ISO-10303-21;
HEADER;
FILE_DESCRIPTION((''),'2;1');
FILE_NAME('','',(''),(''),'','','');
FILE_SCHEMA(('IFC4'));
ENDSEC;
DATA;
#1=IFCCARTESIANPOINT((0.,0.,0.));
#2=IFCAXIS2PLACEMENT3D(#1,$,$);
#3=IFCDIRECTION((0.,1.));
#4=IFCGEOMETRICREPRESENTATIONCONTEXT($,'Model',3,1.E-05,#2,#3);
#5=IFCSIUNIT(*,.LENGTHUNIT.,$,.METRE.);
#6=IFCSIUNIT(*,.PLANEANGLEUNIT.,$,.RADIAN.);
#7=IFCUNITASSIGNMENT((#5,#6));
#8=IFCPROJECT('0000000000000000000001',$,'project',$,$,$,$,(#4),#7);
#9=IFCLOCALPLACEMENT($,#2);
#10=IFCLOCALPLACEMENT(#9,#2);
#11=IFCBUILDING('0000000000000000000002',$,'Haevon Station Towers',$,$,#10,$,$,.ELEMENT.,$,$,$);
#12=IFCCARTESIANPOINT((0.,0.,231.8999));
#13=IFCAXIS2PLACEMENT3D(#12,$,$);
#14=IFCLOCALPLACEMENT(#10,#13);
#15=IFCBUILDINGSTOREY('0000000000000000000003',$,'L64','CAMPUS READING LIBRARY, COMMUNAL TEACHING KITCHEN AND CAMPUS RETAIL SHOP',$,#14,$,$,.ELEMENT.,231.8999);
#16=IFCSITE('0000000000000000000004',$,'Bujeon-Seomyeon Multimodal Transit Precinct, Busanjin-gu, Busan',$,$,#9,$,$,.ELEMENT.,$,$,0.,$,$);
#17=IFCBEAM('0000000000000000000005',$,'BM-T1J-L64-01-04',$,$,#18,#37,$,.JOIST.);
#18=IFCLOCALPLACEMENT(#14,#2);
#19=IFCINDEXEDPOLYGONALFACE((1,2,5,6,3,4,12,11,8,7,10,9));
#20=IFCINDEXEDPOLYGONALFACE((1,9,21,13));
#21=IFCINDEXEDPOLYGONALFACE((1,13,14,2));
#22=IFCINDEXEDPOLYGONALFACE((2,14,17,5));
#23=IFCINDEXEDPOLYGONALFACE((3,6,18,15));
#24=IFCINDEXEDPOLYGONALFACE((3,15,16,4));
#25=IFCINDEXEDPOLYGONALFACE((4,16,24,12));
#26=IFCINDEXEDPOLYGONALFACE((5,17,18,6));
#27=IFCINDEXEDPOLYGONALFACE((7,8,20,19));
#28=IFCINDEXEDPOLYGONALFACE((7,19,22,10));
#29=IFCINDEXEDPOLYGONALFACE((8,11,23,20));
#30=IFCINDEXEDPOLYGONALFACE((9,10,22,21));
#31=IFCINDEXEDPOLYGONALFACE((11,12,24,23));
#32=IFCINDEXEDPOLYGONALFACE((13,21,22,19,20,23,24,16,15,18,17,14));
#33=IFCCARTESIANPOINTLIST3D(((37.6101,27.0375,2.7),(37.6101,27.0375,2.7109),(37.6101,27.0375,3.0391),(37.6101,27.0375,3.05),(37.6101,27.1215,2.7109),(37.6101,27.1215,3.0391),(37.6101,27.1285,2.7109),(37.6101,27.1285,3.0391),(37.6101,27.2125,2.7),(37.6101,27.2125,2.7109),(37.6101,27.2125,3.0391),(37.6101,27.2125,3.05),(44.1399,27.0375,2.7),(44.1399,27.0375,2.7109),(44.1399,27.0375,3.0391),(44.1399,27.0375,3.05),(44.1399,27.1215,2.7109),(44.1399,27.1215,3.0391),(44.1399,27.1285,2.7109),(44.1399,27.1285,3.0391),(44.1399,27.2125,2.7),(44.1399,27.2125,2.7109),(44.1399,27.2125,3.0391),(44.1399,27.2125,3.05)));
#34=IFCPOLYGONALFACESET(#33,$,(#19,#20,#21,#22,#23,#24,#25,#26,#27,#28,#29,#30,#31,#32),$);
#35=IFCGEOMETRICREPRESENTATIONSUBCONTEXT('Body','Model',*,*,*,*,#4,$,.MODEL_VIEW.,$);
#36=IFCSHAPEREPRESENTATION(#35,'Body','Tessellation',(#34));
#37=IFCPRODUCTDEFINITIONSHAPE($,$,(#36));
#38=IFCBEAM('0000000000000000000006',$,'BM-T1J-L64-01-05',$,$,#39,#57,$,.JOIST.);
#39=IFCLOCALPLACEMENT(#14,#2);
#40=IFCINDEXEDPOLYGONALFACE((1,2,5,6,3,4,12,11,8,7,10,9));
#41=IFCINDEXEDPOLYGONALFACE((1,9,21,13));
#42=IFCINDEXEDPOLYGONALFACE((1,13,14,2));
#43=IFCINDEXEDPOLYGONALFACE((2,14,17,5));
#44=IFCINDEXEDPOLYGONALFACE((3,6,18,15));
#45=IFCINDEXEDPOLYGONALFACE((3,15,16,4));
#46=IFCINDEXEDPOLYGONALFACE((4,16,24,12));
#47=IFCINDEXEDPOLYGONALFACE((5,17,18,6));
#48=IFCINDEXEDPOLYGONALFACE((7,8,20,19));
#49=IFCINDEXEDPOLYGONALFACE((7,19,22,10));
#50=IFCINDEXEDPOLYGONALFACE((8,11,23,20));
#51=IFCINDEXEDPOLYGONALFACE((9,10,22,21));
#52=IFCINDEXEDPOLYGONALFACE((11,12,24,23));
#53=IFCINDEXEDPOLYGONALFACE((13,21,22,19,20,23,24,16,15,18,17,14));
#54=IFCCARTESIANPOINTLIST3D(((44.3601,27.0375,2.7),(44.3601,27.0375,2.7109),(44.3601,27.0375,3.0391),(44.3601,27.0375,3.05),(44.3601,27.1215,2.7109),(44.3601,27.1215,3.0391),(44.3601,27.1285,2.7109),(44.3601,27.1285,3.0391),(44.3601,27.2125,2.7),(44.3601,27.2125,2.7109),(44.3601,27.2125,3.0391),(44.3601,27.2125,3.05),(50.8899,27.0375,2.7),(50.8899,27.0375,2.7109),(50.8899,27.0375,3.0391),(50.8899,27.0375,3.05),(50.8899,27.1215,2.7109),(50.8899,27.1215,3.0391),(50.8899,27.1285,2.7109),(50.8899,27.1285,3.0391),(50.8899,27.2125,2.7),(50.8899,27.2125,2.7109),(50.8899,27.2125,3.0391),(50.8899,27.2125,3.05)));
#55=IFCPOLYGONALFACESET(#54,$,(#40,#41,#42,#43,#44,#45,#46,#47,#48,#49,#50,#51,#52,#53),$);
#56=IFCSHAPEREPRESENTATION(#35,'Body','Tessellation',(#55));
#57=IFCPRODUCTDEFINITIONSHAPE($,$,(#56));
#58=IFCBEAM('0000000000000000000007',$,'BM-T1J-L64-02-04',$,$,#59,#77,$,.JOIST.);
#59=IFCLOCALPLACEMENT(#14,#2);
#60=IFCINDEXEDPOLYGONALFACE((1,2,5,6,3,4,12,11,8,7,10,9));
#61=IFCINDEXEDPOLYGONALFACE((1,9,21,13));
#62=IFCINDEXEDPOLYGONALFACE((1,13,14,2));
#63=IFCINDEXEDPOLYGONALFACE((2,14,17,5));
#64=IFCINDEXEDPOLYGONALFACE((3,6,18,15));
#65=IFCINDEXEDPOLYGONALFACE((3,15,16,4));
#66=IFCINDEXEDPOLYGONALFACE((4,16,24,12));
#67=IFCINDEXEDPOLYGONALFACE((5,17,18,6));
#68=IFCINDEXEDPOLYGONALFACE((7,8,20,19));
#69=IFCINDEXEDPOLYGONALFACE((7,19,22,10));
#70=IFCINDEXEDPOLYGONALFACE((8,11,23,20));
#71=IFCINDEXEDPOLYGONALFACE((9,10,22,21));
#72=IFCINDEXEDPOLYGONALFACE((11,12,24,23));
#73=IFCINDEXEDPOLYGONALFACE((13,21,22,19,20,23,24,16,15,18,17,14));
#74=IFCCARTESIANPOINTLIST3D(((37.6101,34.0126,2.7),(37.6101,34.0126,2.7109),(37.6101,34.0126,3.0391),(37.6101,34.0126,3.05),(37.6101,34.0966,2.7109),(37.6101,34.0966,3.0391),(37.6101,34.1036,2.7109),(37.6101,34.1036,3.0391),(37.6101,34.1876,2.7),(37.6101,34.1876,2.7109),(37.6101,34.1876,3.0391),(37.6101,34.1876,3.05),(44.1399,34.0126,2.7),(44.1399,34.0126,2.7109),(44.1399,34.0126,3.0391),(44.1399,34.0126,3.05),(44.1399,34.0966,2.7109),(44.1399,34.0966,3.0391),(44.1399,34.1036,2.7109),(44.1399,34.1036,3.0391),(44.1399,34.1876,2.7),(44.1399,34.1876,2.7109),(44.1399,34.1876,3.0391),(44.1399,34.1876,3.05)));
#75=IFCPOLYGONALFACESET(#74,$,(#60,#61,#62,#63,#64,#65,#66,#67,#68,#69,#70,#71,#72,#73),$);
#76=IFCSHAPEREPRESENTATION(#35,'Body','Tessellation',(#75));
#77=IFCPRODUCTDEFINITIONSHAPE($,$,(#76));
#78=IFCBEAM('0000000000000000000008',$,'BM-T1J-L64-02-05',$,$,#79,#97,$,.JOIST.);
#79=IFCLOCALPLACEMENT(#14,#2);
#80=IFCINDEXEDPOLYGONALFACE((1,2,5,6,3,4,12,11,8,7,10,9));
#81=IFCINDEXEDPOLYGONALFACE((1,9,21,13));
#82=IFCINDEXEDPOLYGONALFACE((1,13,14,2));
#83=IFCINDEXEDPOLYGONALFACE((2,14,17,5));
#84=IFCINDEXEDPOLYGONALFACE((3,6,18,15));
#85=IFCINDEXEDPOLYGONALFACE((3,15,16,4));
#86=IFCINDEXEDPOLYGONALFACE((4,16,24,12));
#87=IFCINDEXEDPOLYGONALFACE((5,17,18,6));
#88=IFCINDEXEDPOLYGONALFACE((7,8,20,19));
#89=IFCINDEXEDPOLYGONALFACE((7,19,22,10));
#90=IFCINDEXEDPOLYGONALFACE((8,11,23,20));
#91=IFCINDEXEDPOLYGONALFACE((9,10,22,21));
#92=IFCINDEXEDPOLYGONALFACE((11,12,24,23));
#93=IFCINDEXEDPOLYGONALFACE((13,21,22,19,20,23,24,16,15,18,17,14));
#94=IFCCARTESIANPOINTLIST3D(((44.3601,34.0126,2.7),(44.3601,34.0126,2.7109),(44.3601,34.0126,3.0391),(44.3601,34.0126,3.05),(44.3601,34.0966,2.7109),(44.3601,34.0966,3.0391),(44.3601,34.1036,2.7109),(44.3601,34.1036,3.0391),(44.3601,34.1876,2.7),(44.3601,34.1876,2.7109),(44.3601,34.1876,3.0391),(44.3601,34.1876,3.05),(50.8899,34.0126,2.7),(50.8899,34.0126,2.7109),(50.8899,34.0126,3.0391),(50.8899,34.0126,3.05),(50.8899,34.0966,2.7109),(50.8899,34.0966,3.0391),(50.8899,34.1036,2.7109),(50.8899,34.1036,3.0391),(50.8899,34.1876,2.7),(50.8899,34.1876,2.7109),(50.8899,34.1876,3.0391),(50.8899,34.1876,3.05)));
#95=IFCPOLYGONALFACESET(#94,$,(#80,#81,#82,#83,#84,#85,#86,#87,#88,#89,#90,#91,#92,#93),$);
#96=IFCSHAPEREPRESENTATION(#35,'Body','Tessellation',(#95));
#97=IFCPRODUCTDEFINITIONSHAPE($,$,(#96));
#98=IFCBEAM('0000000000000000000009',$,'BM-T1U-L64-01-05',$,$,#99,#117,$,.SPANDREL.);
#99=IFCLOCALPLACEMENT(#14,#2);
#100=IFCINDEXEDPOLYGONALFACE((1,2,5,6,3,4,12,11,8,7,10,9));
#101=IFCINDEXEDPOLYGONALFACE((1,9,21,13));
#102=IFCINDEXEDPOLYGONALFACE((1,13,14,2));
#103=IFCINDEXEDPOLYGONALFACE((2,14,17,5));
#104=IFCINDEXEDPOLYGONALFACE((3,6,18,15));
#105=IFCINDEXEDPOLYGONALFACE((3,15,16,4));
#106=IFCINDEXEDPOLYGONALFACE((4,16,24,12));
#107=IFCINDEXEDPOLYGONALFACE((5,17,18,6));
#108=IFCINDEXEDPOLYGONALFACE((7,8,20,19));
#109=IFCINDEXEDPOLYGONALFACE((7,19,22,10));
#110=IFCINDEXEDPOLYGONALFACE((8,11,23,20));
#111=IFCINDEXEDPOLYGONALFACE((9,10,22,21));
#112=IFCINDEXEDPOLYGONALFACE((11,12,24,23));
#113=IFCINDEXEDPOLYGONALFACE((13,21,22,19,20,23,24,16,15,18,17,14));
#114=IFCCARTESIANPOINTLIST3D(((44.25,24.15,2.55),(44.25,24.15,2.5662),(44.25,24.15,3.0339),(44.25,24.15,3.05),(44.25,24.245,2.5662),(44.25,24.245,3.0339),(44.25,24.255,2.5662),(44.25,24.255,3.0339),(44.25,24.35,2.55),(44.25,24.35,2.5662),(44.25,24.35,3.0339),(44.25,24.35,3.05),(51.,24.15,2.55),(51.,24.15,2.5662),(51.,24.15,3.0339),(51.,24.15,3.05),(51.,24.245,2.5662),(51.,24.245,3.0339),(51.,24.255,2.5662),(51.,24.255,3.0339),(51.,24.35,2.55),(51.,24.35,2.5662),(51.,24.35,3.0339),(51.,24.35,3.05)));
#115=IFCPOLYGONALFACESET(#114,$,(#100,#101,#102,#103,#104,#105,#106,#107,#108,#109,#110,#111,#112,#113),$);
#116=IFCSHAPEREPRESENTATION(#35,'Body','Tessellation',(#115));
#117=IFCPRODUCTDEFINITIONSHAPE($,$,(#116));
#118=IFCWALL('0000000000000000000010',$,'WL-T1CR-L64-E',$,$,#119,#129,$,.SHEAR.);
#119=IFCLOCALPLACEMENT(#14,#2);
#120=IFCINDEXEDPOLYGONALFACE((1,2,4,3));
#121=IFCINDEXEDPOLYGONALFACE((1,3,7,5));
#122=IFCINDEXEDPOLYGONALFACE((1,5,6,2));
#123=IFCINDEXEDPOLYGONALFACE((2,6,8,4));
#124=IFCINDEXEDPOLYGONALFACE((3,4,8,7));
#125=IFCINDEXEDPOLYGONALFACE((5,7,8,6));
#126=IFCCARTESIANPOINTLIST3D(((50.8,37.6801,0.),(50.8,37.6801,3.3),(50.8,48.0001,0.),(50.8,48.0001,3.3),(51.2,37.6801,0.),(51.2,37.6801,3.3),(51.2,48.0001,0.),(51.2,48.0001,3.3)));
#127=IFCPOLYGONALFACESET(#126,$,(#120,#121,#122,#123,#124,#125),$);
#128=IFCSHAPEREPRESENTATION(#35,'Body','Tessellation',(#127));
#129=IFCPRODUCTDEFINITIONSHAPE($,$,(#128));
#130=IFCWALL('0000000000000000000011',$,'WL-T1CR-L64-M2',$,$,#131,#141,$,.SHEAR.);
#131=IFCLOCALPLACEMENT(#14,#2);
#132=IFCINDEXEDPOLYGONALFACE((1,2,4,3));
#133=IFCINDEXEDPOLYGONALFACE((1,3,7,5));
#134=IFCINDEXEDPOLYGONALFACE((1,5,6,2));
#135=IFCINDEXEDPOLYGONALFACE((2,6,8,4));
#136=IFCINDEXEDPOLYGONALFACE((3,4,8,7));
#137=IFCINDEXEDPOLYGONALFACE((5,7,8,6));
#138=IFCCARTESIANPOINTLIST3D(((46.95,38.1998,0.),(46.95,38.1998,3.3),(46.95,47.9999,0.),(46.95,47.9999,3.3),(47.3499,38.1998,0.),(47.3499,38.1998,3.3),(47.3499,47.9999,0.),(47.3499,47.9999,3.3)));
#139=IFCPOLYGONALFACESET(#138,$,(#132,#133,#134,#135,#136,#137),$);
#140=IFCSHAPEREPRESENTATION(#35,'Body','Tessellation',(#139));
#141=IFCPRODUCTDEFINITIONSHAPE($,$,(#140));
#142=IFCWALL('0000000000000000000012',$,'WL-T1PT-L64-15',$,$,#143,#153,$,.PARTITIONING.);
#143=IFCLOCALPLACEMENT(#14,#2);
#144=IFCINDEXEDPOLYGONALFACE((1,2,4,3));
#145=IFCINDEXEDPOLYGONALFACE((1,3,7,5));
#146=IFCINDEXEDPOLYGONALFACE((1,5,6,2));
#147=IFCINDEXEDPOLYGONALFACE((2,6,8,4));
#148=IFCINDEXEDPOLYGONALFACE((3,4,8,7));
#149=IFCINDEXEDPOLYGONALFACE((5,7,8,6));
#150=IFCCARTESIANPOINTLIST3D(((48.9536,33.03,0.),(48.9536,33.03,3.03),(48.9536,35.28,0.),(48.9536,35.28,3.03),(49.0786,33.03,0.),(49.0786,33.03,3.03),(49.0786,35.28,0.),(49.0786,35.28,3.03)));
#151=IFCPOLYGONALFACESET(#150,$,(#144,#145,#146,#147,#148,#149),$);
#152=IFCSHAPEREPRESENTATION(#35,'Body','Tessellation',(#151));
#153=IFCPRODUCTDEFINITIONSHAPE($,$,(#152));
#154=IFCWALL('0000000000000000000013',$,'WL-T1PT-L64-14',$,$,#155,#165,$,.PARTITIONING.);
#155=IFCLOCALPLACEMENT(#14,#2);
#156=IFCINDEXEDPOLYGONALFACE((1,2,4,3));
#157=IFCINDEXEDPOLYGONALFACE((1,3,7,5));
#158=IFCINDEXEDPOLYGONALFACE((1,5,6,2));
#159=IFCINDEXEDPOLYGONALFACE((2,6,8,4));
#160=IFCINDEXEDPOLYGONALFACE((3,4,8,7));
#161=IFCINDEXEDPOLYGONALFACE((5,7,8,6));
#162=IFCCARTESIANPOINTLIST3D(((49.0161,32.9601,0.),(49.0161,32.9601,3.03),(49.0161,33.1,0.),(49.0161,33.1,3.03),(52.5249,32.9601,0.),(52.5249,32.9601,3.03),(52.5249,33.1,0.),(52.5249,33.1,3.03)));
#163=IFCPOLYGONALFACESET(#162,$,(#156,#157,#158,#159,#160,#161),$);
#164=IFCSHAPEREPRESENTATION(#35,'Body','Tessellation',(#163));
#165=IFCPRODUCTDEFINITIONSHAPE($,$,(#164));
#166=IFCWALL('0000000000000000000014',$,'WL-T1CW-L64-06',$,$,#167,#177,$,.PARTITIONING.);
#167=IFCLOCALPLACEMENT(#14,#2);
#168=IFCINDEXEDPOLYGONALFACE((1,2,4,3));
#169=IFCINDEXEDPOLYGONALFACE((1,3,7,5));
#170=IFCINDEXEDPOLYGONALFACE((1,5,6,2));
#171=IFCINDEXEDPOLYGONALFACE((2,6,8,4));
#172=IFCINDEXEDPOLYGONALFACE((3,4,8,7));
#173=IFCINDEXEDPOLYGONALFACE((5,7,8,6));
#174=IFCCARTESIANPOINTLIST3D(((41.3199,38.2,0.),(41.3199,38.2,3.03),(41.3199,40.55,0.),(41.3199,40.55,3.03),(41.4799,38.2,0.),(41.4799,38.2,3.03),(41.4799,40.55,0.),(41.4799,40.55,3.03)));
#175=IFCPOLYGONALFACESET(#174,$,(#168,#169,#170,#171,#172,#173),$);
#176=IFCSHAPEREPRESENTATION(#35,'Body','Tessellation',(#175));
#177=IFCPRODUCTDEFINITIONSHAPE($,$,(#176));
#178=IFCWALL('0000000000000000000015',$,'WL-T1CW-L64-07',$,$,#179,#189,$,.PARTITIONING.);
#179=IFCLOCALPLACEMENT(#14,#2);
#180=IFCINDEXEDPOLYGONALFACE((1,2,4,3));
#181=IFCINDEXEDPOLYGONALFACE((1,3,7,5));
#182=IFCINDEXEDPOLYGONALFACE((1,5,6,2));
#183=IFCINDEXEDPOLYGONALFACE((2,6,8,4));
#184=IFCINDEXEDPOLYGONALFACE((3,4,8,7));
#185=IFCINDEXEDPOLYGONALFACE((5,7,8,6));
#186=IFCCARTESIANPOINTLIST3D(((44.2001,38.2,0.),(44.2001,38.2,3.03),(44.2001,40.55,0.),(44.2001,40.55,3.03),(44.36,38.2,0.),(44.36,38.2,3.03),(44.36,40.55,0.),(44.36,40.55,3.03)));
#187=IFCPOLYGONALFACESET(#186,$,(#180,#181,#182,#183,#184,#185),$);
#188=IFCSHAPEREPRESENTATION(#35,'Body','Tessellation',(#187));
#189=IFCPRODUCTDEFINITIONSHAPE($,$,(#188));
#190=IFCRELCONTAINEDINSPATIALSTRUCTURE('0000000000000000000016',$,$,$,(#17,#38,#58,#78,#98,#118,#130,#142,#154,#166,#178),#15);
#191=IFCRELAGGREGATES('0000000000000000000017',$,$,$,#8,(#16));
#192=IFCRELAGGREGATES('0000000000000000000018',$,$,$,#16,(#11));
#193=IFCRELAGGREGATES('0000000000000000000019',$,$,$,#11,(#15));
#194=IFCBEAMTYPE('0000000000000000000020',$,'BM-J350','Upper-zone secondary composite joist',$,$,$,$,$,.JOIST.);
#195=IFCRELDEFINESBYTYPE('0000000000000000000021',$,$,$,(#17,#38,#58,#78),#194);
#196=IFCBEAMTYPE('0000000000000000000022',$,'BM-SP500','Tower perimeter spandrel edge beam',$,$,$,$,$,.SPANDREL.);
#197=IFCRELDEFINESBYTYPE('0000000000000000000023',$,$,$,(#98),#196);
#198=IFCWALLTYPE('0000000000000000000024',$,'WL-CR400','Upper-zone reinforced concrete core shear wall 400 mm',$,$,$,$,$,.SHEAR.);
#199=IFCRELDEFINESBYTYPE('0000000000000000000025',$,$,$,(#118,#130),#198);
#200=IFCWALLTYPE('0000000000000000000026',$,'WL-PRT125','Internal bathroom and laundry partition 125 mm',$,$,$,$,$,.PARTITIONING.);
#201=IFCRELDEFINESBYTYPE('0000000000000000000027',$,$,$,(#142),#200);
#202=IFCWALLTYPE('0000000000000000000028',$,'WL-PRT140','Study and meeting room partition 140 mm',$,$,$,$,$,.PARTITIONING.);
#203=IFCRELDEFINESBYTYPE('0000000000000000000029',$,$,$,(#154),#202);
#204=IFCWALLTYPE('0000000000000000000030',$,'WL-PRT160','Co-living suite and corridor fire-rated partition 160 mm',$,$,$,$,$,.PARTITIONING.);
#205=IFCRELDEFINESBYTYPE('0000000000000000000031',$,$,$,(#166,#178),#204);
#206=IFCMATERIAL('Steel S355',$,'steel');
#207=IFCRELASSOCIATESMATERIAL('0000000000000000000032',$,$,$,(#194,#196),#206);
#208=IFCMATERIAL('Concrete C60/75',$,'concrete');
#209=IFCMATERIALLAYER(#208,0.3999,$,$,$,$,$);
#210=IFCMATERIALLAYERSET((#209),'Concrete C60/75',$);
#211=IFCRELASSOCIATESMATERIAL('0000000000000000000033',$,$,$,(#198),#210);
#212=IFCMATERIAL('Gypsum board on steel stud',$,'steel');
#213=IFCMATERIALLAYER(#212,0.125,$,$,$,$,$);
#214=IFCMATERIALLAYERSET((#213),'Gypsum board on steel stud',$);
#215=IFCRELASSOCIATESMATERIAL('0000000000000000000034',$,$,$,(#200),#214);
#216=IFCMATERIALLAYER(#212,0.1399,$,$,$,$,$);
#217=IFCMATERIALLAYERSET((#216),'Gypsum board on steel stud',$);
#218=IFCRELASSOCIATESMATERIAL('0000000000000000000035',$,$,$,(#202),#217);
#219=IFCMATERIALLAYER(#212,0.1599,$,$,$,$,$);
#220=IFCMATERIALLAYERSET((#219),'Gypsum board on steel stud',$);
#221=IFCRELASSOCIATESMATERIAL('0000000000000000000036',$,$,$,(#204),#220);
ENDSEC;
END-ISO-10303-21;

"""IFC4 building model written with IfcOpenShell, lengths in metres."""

from ifc_helpers import new_model, si_unit, direction, frame, frame_2d, origin, origin_2d, place, context, subcontext, project, spatial, rectangle, i_section, extrude, material, layer, layer_set, material_profile, profile_set, type_object, element, save


model = new_model("IFC4")

# Units and contexts
model_context = context("Model", 3, precision=1e-05, world=origin(), true_north=direction((0.0, 1.0)))
body_context = subcontext(model_context, "Body", "Model", "MODEL_VIEW")
ifc_project = project(units=[si_unit("LENGTHUNIT", "METRE"), si_unit("PLANEANGLEUNIT", "RADIAN")], contexts=[model_context])

# Site, building, storey
site_placement = place(None, origin())
site = spatial("IfcSite", under=ifc_project, at=site_placement, Name="Bujeon-Seomyeon Multimodal Transit Precinct, Busanjin-gu, Busan", CompositionType="ELEMENT", RefElevation=0.0)
building_placement = place(site_placement, origin())
building = spatial("IfcBuilding", under=site, at=building_placement, Name="Haevon Station Towers", CompositionType="ELEMENT")
storey_placement = place(building_placement, frame((0.0, 0.0, 231.8999)))
storey = spatial("IfcBuildingStorey", under=building, at=storey_placement, Name="L64", Description="CAMPUS READING LIBRARY, COMMUNAL TEACHING KITCHEN AND CAMPUS RETAIL SHOP", CompositionType="ELEMENT", Elevation=231.8999)

# Shared definitions
ifc_material_1 = material(Name="Steel S355", Category="steel")

# Beams
ifc_material_profile_1 = material_profile(ifc_material_1, i_section(OverallWidth=0.175, OverallDepth=0.3501, WebThickness=0.0071, FlangeThickness=0.011, at=origin_2d()), Name="H-350x175x7x11")
ifc_profile_set_1 = profile_set([ifc_material_profile_1], Name="Steel S355")
beam_type_1 = type_object("IfcBeamType", Name="BM-J350", Description="Upper-zone secondary composite joist", PredefinedType="JOIST", material=ifc_profile_set_1)
for number, where, z_axis, x_axis, name in (
    (1, (37.6101, 27.125, 2.875), (1.0, 0.0, 0.0), (0.0, 1.0, 0.0), "BM-T1J-L64-01-04"),
    (2, (44.3601, 27.125, 2.875), (1.0, 0.0, 0.0), (0.0, 1.0, 0.0), "BM-T1J-L64-01-05"),
    (3, (37.6101, 34.1001, 2.875), (1.0, 0.0, 0.0), (0.0, 1.0, 0.0), "BM-T1J-L64-02-04"),
    (4, (44.3601, 34.1001, 2.875), (1.0, 0.0, 0.0), (0.0, 1.0, 0.0), "BM-T1J-L64-02-05"),
):
    element("IfcBeam", number, at=place(storey_placement, frame(where, z_axis=z_axis, x_axis=x_axis)), inside=storey, type_object=beam_type_1, Name=name, PredefinedType="JOIST", context=body_context, shape_type="SweptSolid", body=[
        extrude(i_section(OverallWidth=0.175, OverallDepth=0.3501, WebThickness=0.0071, FlangeThickness=0.011, at=origin_2d()), origin(), (0.0, 0.0, 1.0), 6.5298),
    ])
ifc_material_profile_2 = material_profile(ifc_material_1, i_section(OverallWidth=0.2, OverallDepth=0.5, WebThickness=0.01, FlangeThickness=0.0161, at=origin_2d()), Name="H-500x200x10x16")
ifc_profile_set_2 = profile_set([ifc_material_profile_2], Name="Steel S355")
beam_type_2 = type_object("IfcBeamType", Name="BM-SP500", Description="Tower perimeter spandrel edge beam", PredefinedType="SPANDREL", material=ifc_profile_set_2)
beam_1_placement = place(storey_placement, frame((44.25, 24.25, 2.8), z_axis=(1.0, 0.0, 0.0), x_axis=(0.0, 1.0, 0.0)))
element("IfcBeam", 5, at=beam_1_placement, inside=storey, type_object=beam_type_2, Name="BM-T1U-L64-01-05", PredefinedType="SPANDREL", context=body_context, shape_type="SweptSolid", body=[
    extrude(i_section(OverallWidth=0.2, OverallDepth=0.5, WebThickness=0.01, FlangeThickness=0.0161, at=origin_2d()), origin(), (0.0, 0.0, 1.0), 6.75),
])

# Walls
ifc_material_2 = material(Name="Concrete C60/75", Category="concrete")
ifc_layer_1 = layer(ifc_material_2, 0.3999)
ifc_layer_set_1 = layer_set([ifc_layer_1], Name="Concrete C60/75")
wall_type_1 = type_object("IfcWallType", Name="WL-CR400", Description="Upper-zone reinforced concrete core shear wall 400 mm", PredefinedType="SHEAR", material=ifc_layer_set_1)
wall_1_placement = place(storey_placement, frame((51.0, 37.6799, 0.0), z_axis=(0.0, 0.0, 1.0), x_axis=(0.0, 1.0, 0.0)))
element("IfcWall", 6, at=wall_1_placement, inside=storey, type_object=wall_type_1, Name="WL-T1CR-L64-E", PredefinedType="SHEAR", context=body_context, shape_type="SweptSolid", body=[
    extrude(rectangle(XDim=10.3201, YDim=0.3999, at=frame_2d((5.1602, 0.0))), origin(), (0.0, 0.0, 1.0), 3.3),
])
wall_2_placement = place(storey_placement, frame((47.1499, 38.2, 0.0), z_axis=(0.0, 0.0, 1.0), x_axis=(0.0, 1.0, 0.0)))
element("IfcWall", 7, at=wall_2_placement, inside=storey, type_object=wall_type_1, Name="WL-T1CR-L64-M2", PredefinedType="SHEAR", context=body_context, shape_type="SweptSolid", body=[
    extrude(rectangle(XDim=9.8, YDim=0.3999, at=frame_2d((4.8999, 0.0))), origin(), (0.0, 0.0, 1.0), 3.3),
])
ifc_material_3 = material(Name="Gypsum board on steel stud", Category="steel")
ifc_layer_2 = layer(ifc_material_3, 0.125)
ifc_layer_set_2 = layer_set([ifc_layer_2], Name="Gypsum board on steel stud")
wall_type_2 = type_object("IfcWallType", Name="WL-PRT125", Description="Internal bathroom and laundry partition 125 mm", PredefinedType="PARTITIONING", material=ifc_layer_set_2)
wall_3_placement = place(storey_placement, frame((49.0161, 33.03, 0.0), z_axis=(0.0, 0.0, 1.0), x_axis=(0.0, 1.0, 0.0)))
element("IfcWall", 8, at=wall_3_placement, inside=storey, type_object=wall_type_2, Name="WL-T1PT-L64-15", PredefinedType="PARTITIONING", context=body_context, shape_type="SweptSolid", body=[
    extrude(rectangle(XDim=2.25, YDim=0.125, at=frame_2d((1.125, 0.0))), origin(), (0.0, 0.0, 1.0), 3.03),
])
ifc_layer_3 = layer(ifc_material_3, 0.1399)
ifc_layer_set_3 = layer_set([ifc_layer_3], Name="Gypsum board on steel stud")
wall_type_3 = type_object("IfcWallType", Name="WL-PRT140", Description="Study and meeting room partition 140 mm", PredefinedType="PARTITIONING", material=ifc_layer_set_3)
wall_4_placement = place(storey_placement, frame((49.0161, 33.03, 0.0), z_axis=(0.0, 0.0, 1.0), x_axis=(1.0, 0.0, 0.0)))
element("IfcWall", 9, at=wall_4_placement, inside=storey, type_object=wall_type_3, Name="WL-T1PT-L64-14", PredefinedType="PARTITIONING", context=body_context, shape_type="SweptSolid", body=[
    extrude(rectangle(XDim=3.5088, YDim=0.1399, at=frame_2d((1.7544, 0.0))), origin(), (0.0, 0.0, 1.0), 3.03),
])
ifc_layer_4 = layer(ifc_material_3, 0.1599)
ifc_layer_set_4 = layer_set([ifc_layer_4], Name="Gypsum board on steel stud")
wall_type_4 = type_object("IfcWallType", Name="WL-PRT160", Description="Co-living suite and corridor fire-rated partition 160 mm", PredefinedType="PARTITIONING", material=ifc_layer_set_4)
for number, where, z_axis, x_axis, name in (
    (10, (41.3999, 38.2, 0.0), (0.0, 0.0, 1.0), (0.0, 1.0, 0.0), "WL-T1CW-L64-06"),
    (11, (44.28, 38.2, 0.0), (0.0, 0.0, 1.0), (0.0, 1.0, 0.0), "WL-T1CW-L64-07"),
):
    element("IfcWall", number, at=place(storey_placement, frame(where, z_axis=z_axis, x_axis=x_axis)), inside=storey, type_object=wall_type_4, Name=name, PredefinedType="PARTITIONING", context=body_context, shape_type="SweptSolid", body=[
        extrude(rectangle(XDim=2.3501, YDim=0.1599, at=frame_2d((1.175, 0.0))), origin(), (0.0, 0.0, 1.0), 3.03),
    ])

save(model, "model.ifc")
